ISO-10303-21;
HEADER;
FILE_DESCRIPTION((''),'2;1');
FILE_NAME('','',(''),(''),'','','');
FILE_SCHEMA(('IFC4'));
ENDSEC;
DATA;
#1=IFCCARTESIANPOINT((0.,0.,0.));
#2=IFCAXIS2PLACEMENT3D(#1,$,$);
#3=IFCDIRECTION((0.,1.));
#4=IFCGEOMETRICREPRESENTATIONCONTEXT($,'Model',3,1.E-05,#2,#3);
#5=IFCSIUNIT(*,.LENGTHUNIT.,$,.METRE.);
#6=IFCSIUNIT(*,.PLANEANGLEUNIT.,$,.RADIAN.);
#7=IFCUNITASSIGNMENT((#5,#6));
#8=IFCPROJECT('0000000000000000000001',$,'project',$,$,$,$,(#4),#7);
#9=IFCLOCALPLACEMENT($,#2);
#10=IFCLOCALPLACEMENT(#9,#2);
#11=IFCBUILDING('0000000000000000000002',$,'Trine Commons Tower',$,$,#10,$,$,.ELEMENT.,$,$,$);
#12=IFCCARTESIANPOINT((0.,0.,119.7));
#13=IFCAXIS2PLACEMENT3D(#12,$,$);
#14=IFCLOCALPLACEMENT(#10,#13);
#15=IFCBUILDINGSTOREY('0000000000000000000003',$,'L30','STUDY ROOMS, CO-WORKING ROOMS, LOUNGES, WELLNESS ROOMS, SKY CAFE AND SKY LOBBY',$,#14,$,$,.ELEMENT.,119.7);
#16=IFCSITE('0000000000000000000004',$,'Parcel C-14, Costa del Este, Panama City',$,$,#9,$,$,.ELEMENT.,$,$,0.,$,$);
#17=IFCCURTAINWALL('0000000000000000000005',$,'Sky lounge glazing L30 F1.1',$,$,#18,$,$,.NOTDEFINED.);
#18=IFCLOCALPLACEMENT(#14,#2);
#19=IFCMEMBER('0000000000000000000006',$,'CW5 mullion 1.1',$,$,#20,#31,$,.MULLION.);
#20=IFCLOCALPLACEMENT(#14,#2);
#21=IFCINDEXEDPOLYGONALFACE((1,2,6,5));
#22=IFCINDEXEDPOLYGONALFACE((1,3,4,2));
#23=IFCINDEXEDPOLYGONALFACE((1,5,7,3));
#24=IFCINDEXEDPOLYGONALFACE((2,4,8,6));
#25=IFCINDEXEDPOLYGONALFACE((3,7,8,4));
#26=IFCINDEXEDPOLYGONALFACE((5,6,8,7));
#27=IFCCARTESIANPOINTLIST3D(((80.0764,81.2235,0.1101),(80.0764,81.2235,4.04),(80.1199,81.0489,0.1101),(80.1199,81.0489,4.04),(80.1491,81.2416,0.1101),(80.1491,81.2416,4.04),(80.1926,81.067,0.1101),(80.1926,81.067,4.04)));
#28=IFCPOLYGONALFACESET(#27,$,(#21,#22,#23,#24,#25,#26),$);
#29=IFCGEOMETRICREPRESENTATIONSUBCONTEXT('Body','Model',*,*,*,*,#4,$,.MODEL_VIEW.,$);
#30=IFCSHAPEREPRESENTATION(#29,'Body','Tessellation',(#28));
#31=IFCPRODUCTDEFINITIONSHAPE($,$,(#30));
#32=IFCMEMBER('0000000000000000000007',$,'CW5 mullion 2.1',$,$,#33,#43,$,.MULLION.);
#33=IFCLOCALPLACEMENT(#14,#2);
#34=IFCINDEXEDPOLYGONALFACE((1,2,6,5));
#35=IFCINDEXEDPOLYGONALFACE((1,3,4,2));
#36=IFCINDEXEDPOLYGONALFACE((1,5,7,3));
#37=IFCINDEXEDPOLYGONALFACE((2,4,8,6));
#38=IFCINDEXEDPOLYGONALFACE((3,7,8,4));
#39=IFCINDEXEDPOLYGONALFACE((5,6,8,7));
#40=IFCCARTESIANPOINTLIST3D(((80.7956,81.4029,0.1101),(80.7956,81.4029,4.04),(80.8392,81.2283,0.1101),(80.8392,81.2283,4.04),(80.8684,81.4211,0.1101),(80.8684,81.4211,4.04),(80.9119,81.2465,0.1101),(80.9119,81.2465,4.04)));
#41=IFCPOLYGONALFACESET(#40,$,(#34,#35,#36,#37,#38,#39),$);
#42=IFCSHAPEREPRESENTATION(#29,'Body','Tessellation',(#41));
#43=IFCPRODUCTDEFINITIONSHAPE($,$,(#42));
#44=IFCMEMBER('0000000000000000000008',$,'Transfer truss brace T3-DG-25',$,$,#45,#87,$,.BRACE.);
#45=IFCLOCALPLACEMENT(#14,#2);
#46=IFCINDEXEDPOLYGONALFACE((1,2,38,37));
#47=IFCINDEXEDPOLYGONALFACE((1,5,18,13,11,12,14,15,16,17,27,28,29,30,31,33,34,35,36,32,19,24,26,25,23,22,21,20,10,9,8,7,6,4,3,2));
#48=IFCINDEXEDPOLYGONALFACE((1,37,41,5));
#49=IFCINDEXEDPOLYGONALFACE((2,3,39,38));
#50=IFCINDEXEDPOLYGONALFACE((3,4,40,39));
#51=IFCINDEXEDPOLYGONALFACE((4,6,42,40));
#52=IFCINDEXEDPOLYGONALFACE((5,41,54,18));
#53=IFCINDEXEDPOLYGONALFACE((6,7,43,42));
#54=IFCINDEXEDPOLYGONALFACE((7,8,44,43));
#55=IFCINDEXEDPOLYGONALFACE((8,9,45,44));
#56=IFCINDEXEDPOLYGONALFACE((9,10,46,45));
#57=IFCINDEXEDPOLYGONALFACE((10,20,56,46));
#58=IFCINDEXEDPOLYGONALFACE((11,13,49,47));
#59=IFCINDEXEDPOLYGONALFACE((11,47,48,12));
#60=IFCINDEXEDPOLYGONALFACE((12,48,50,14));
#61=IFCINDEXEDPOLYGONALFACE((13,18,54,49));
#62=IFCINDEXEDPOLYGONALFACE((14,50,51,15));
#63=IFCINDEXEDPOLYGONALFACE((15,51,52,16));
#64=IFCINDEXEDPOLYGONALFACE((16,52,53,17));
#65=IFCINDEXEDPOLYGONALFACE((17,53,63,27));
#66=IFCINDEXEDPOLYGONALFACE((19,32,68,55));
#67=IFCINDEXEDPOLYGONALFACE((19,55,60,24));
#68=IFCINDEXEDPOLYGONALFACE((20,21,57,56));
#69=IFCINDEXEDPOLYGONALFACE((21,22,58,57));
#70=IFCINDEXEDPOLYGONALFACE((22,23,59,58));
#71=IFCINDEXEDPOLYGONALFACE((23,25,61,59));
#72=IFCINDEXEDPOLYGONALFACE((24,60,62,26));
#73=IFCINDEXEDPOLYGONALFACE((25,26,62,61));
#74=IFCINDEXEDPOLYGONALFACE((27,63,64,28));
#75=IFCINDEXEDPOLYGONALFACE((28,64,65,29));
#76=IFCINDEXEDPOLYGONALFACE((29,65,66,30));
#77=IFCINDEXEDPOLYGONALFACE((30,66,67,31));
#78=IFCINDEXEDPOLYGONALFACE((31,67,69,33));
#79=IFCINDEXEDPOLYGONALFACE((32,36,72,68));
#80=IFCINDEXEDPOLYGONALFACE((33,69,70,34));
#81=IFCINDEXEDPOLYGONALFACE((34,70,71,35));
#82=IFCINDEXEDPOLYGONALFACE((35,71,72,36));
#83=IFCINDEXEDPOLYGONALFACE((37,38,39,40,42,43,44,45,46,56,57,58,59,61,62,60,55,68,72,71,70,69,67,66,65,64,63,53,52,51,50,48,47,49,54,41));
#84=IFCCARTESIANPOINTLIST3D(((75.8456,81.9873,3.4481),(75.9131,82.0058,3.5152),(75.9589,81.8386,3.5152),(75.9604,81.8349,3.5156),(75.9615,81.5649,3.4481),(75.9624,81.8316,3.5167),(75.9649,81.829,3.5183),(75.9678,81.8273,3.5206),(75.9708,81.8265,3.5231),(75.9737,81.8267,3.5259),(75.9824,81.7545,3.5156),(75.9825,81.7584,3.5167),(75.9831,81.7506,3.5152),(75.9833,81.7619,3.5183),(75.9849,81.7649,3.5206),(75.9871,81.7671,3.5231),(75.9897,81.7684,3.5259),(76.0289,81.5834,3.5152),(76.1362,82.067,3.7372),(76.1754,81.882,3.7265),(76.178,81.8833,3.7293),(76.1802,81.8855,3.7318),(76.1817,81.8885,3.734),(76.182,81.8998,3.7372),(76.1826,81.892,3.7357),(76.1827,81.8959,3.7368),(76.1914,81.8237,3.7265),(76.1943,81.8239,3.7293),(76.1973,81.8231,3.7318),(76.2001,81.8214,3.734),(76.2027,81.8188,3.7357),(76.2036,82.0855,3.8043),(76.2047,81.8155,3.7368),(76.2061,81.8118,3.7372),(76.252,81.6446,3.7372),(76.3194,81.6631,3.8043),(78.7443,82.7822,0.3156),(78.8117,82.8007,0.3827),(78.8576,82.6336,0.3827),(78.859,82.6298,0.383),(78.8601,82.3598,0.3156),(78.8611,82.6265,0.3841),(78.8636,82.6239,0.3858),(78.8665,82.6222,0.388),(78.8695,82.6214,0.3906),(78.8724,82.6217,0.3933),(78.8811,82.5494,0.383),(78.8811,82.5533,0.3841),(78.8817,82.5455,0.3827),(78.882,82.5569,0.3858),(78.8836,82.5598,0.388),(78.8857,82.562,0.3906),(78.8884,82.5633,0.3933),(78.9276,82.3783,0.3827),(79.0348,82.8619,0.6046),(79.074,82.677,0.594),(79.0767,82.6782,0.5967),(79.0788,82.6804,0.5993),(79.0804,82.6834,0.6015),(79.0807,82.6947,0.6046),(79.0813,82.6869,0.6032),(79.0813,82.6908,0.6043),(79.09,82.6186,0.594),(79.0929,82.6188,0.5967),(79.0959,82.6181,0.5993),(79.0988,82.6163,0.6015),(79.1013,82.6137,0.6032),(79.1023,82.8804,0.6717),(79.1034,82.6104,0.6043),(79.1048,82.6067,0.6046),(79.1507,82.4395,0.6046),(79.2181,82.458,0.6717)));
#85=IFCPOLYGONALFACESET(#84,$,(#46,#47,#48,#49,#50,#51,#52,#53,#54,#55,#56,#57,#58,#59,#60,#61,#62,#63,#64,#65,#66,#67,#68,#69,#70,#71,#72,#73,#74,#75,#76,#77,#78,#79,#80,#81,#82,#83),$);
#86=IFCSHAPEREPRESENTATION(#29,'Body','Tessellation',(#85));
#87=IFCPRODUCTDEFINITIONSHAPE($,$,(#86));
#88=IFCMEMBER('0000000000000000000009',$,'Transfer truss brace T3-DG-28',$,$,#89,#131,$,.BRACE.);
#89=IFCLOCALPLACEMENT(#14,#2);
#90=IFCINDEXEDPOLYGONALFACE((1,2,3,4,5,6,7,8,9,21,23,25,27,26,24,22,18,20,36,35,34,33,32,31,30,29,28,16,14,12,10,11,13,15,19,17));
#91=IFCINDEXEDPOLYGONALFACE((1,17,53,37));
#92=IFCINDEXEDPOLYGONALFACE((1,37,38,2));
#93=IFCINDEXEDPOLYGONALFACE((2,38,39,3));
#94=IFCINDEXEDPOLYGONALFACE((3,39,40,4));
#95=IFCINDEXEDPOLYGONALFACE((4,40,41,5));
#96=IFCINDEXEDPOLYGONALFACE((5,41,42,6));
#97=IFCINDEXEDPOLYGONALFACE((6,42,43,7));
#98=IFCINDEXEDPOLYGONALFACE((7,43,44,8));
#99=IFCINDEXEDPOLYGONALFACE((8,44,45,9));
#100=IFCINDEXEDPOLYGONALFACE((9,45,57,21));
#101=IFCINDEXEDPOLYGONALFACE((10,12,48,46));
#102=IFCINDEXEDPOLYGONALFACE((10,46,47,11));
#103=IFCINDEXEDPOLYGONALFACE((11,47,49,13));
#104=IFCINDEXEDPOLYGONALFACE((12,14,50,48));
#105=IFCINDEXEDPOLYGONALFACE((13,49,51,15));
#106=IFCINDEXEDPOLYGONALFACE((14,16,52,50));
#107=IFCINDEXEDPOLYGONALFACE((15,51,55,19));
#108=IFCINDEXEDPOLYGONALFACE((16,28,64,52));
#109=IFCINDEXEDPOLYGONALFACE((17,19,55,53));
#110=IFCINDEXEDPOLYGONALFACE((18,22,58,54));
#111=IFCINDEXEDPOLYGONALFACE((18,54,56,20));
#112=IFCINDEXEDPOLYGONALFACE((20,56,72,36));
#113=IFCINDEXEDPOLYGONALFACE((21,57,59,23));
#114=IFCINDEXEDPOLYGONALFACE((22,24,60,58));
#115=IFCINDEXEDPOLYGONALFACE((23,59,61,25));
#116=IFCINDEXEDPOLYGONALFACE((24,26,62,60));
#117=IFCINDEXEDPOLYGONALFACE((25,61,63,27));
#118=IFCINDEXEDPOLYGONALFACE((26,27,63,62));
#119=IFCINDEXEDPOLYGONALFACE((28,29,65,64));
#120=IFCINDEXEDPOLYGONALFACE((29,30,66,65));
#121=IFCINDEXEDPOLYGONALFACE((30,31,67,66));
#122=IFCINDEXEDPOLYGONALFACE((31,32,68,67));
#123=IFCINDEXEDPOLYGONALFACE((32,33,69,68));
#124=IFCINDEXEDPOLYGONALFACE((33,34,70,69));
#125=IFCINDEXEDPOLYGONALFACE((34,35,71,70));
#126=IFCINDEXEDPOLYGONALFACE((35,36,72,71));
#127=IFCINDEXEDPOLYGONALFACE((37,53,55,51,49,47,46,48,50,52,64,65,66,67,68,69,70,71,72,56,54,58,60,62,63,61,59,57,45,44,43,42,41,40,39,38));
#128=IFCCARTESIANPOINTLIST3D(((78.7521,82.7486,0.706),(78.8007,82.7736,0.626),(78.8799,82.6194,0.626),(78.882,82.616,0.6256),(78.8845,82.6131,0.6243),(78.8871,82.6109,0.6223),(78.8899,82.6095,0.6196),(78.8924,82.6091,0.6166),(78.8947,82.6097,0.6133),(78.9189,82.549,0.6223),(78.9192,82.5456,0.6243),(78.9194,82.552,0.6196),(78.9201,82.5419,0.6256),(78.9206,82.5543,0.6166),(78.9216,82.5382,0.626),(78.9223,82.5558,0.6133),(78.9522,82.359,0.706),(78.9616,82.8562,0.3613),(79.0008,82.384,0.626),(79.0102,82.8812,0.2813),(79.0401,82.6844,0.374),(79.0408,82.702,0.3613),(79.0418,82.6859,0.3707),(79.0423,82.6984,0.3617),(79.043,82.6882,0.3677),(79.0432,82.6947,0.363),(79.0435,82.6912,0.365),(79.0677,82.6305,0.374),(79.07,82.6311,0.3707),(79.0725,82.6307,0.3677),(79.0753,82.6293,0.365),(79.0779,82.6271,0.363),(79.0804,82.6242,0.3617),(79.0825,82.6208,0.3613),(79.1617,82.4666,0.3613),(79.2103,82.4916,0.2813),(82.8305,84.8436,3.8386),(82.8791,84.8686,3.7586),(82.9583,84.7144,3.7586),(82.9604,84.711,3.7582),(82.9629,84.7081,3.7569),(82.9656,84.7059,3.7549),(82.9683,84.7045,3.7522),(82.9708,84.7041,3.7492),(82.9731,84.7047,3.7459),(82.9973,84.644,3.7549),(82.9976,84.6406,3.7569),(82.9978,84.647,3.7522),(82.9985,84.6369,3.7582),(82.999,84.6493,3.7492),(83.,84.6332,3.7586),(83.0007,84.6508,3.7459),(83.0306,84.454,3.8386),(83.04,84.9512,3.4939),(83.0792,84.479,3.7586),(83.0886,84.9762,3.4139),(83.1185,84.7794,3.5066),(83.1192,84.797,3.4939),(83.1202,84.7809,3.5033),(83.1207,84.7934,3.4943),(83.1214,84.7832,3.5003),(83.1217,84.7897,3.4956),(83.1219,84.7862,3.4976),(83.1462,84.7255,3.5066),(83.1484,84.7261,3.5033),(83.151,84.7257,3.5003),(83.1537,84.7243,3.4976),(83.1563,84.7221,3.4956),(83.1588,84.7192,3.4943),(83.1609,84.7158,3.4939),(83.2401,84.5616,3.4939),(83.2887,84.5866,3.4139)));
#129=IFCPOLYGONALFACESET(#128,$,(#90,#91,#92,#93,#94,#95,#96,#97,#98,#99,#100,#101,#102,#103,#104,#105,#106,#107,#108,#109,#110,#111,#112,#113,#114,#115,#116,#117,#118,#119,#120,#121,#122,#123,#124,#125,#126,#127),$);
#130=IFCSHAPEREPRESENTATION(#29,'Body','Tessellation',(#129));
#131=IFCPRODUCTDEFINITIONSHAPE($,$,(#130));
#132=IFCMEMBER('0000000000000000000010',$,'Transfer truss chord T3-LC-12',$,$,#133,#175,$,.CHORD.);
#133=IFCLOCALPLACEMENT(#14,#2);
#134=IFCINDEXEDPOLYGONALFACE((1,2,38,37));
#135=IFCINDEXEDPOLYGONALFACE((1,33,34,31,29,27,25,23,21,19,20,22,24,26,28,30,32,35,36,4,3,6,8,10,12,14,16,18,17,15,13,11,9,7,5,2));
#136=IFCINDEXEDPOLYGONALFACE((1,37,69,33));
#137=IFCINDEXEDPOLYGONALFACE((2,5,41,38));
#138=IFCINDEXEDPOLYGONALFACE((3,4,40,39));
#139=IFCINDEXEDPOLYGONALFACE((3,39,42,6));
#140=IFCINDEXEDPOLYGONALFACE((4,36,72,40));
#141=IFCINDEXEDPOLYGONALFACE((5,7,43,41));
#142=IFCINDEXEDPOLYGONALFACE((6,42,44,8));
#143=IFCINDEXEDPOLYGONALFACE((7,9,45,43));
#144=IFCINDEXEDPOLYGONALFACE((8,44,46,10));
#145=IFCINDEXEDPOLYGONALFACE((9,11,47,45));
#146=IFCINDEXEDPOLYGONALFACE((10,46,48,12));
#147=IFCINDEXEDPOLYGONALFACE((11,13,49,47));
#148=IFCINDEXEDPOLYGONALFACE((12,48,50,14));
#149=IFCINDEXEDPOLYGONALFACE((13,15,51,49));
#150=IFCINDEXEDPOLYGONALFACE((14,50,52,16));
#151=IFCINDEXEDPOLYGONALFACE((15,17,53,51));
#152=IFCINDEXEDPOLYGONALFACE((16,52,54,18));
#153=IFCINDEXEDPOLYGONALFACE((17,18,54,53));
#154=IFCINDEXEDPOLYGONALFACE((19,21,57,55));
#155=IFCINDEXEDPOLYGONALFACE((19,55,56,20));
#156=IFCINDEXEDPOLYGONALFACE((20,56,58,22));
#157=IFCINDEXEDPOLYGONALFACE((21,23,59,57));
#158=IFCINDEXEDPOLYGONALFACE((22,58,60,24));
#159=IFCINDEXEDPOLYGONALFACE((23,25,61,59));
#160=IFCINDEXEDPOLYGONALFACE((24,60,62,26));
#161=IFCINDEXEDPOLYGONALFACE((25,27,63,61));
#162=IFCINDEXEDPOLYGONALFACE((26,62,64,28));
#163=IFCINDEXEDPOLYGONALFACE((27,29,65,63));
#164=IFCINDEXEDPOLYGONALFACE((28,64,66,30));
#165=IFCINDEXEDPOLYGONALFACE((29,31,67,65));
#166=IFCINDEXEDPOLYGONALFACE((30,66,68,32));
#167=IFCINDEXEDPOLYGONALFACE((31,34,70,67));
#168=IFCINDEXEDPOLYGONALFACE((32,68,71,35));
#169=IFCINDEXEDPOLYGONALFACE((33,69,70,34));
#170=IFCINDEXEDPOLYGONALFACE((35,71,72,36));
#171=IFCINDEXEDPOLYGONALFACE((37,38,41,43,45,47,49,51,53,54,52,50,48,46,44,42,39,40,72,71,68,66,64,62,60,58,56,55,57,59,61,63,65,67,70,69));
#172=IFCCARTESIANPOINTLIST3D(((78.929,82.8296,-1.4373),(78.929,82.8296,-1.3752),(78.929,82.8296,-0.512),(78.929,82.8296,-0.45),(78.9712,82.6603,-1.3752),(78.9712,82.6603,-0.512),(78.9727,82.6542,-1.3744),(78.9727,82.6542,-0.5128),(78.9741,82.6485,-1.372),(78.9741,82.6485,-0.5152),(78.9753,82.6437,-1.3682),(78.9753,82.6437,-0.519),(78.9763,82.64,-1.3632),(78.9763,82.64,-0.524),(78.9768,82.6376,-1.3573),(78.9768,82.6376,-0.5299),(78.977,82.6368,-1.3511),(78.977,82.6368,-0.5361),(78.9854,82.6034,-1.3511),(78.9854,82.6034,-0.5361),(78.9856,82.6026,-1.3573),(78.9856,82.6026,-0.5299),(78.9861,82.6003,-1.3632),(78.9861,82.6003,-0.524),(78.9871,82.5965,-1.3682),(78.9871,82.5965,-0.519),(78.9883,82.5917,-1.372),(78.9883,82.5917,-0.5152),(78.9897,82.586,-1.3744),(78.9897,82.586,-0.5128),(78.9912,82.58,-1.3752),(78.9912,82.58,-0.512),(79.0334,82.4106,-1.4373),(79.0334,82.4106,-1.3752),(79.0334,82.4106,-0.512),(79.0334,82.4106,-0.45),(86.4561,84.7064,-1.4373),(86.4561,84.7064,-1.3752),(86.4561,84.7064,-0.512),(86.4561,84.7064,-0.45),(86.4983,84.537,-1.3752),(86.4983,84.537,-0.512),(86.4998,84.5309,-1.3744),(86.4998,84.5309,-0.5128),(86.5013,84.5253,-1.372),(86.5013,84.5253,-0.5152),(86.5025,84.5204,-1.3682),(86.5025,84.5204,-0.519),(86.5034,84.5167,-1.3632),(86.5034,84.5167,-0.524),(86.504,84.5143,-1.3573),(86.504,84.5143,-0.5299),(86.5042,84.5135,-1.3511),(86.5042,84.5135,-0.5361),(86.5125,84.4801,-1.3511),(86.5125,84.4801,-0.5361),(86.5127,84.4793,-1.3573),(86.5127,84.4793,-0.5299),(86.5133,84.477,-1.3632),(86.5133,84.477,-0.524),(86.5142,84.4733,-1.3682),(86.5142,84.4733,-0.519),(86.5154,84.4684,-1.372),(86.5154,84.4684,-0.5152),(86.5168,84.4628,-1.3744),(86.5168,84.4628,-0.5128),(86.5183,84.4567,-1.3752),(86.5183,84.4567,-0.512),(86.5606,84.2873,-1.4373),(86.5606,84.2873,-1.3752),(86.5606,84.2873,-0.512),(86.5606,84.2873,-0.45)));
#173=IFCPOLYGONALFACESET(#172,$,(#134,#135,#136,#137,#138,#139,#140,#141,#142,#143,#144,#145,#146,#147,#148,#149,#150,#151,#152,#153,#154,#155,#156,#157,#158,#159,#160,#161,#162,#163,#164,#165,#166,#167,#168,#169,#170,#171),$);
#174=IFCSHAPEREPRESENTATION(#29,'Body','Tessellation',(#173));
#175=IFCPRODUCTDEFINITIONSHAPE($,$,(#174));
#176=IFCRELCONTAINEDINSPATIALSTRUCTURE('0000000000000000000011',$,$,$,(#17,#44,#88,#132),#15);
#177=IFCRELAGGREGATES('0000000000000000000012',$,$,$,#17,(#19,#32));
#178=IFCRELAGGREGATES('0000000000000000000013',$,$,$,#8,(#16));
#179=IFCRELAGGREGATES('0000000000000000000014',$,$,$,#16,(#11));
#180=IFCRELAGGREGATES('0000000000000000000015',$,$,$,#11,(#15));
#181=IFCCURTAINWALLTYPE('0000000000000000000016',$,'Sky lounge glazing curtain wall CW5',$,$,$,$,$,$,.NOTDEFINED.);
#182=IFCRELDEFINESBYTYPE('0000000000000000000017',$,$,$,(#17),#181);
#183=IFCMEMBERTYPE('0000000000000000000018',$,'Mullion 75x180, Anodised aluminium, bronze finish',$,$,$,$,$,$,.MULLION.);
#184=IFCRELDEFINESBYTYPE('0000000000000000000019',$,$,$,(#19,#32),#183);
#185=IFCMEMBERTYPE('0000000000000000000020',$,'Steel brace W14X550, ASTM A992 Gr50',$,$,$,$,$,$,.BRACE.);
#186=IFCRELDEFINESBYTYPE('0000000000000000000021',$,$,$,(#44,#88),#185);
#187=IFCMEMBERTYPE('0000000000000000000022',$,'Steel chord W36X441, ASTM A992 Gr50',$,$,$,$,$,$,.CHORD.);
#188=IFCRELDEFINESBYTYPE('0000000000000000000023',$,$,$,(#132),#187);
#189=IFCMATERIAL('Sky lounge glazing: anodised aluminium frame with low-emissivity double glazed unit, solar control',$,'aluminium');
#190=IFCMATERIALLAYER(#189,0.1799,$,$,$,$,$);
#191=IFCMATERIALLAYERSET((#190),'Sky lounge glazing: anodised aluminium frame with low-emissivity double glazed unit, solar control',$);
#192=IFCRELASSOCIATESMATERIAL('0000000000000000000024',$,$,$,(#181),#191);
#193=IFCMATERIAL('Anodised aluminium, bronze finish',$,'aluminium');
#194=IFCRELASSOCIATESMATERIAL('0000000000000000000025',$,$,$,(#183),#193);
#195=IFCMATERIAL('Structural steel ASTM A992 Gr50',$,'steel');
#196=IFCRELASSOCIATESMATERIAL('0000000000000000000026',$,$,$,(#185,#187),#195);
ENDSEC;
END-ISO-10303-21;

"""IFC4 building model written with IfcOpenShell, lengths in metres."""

from ifc_helpers import new_model, si_unit, direction, frame, origin, origin_2d, place, context, subcontext, project, spatial, rectangle, i_section, extrude, material, layer, layer_set, material_profile, profile_set, type_object, element, aggregate, save


model = new_model("IFC4")

# Units and contexts
model_context = context("Model", 3, precision=1e-05, world=origin(), true_north=direction((0.0, 1.0)))
body_context = subcontext(model_context, "Body", "Model", "MODEL_VIEW")
ifc_project = project(units=[si_unit("LENGTHUNIT", "METRE"), si_unit("PLANEANGLEUNIT", "RADIAN")], contexts=[model_context])

# Site, building, storey
site_placement = place(None, origin())
site = spatial("IfcSite", under=ifc_project, at=site_placement, Name="Parcel C-14, Costa del Este, Panama City", CompositionType="ELEMENT", RefElevation=0.0)
building_placement = place(site_placement, origin())
building = spatial("IfcBuilding", under=site, at=building_placement, Name="Trine Commons Tower", CompositionType="ELEMENT")
storey_placement = place(building_placement, frame((0.0, 0.0, 119.7)))
storey = spatial("IfcBuildingStorey", under=building, at=storey_placement, Name="L30", Description="STUDY ROOMS, CO-WORKING ROOMS, LOUNGES, WELLNESS ROOMS, SKY CAFE AND SKY LOBBY", CompositionType="ELEMENT", Elevation=119.7)

# Curtain wall, members
ifc_material_1 = material(Name="Sky lounge glazing: anodised aluminium frame with low-emissivity double glazed unit, solar control", Category="aluminium")
ifc_layer_1 = layer(ifc_material_1, 0.1799)
ifc_layer_set_1 = layer_set([ifc_layer_1], Name="Sky lounge glazing: anodised aluminium frame with low-emissivity double glazed unit, solar control")
curtain_wall_type = type_object("IfcCurtainWallType", Name="Sky lounge glazing curtain wall CW5", PredefinedType="NOTDEFINED", material=ifc_layer_set_1)
curtain_wall_placement = place(storey_placement, origin())
curtain_wall = element("IfcCurtainWall", 1, at=curtain_wall_placement, inside=storey, type_object=curtain_wall_type, Name="Sky lounge glazing L30 F1.1", PredefinedType="NOTDEFINED")
ifc_material_2 = material(Name="Anodised aluminium, bronze finish", Category="aluminium")
ifc_material_profile_1 = material_profile(ifc_material_2, rectangle(XDim=0.1799, YDim=0.075, at=origin_2d()), Name="Mullion 75x180")
ifc_profile_set_1 = profile_set([ifc_material_profile_1], Name="Anodised aluminium, bronze finish")
member_type_1 = type_object("IfcMemberType", Name="Mullion 75x180, Anodised aluminium, bronze finish", PredefinedType="MULLION", material=ifc_profile_set_1)
member_1_placement = place(storey_placement, frame((80.1345, 81.1453, 0.1101), z_axis=(0.0, 0.0, 1.0), x_axis=(-0.241922, 0.970296, 0.0)))
member_1 = element("IfcMember", 2, at=member_1_placement, type_object=member_type_1, Name="CW5 mullion 1.1", PredefinedType="MULLION", context=body_context, shape_type="SweptSolid", body=[
    extrude(rectangle(XDim=0.1799, YDim=0.075, at=origin_2d()), origin(), (0.0, 0.0, 1.0), 3.9299),
])
member_2_placement = place(storey_placement, frame((80.8538, 81.3247, 0.1101), z_axis=(0.0, 0.0, 1.0), x_axis=(-0.241922, 0.970296, 0.0)))
member_2 = element("IfcMember", 3, at=member_2_placement, type_object=member_type_1, Name="CW5 mullion 2.1", PredefinedType="MULLION", context=body_context, shape_type="SweptSolid", body=[
    extrude(rectangle(XDim=0.1799, YDim=0.075, at=origin_2d()), origin(), (0.0, 0.0, 1.0), 3.9299),
])

# Members
ifc_material_3 = material(Name="Structural steel ASTM A992 Gr50", Category="steel")
ifc_material_profile_2 = material_profile(ifc_material_3, i_section(OverallWidth=0.438, OverallDepth=0.5144, WebThickness=0.0605, FlangeThickness=0.0969, FilletRadius=0.0154, at=origin_2d()), Name="W14X550")
ifc_profile_set_2 = profile_set([ifc_material_profile_2], Name="Structural steel ASTM A992 Gr50")
member_type_2 = type_object("IfcMemberType", Name="Steel brace W14X550, ASTM A992 Gr50", PredefinedType="BRACE", material=ifc_profile_set_2)
member_3_placement = place(storey_placement, frame((78.9812, 82.6201, 0.4937), z_axis=(-0.667693, -0.183105, 0.721567), x_axis=(0.264471, -0.964394, 0.0)))
element("IfcMember", 4, at=member_3_placement, inside=storey, type_object=member_type_2, Name="Transfer truss brace T3-DG-25", PredefinedType="BRACE", context=body_context, shape_type="SweptSolid", body=[
    extrude(i_section(OverallWidth=0.438, OverallDepth=0.5144, WebThickness=0.0605, FlangeThickness=0.0969, FilletRadius=0.0154, at=origin_2d()), origin(), (0.0, 0.0, 1.0), 4.3413),
])
member_4_placement = place(storey_placement, frame((78.9812, 82.6201, 0.4937), z_axis=(0.734454, 0.377273, 0.564129), x_axis=(-0.456921, 0.889507, 0.0)))
element("IfcMember", 5, at=member_4_placement, inside=storey, type_object=member_type_2, Name="Transfer truss brace T3-DG-28", PredefinedType="BRACE", context=body_context, shape_type="SweptSolid", body=[
    extrude(i_section(OverallWidth=0.438, OverallDepth=0.5144, WebThickness=0.0605, FlangeThickness=0.0969, FilletRadius=0.0154, at=origin_2d()), origin(), (0.0, 0.0, 1.0), 5.553),
])
ifc_material_profile_3 = material_profile(ifc_material_3, i_section(OverallWidth=0.4319, OverallDepth=0.9873, WebThickness=0.0344, FlangeThickness=0.062, FilletRadius=0.0242, at=origin_2d()), Name="W36X441")
ifc_profile_set_3 = profile_set([ifc_material_profile_3], Name="Structural steel ASTM A992 Gr50")
member_type_3 = type_object("IfcMemberType", Name="Steel chord W36X441, ASTM A992 Gr50", PredefinedType="CHORD", material=ifc_profile_set_3)
member_5_placement = place(storey_placement, frame((78.9812, 82.6201, -0.9436), z_axis=(0.970296, 0.241921, 0.0), x_axis=(-0.241921, 0.970296, 0.0)))
element("IfcMember", 6, at=member_5_placement, inside=storey, type_object=member_type_3, Name="Transfer truss chord T3-LC-12", PredefinedType="CHORD", context=body_context, shape_type="SweptSolid", body=[
    extrude(i_section(OverallWidth=0.4319, OverallDepth=0.9873, WebThickness=0.0344, FlangeThickness=0.062, FilletRadius=0.0242, at=origin_2d()), origin(), (0.0, 0.0, 1.0), 7.7576),
])

aggregate(curtain_wall, [member_1, member_2])

save(model, "model.ifc")
